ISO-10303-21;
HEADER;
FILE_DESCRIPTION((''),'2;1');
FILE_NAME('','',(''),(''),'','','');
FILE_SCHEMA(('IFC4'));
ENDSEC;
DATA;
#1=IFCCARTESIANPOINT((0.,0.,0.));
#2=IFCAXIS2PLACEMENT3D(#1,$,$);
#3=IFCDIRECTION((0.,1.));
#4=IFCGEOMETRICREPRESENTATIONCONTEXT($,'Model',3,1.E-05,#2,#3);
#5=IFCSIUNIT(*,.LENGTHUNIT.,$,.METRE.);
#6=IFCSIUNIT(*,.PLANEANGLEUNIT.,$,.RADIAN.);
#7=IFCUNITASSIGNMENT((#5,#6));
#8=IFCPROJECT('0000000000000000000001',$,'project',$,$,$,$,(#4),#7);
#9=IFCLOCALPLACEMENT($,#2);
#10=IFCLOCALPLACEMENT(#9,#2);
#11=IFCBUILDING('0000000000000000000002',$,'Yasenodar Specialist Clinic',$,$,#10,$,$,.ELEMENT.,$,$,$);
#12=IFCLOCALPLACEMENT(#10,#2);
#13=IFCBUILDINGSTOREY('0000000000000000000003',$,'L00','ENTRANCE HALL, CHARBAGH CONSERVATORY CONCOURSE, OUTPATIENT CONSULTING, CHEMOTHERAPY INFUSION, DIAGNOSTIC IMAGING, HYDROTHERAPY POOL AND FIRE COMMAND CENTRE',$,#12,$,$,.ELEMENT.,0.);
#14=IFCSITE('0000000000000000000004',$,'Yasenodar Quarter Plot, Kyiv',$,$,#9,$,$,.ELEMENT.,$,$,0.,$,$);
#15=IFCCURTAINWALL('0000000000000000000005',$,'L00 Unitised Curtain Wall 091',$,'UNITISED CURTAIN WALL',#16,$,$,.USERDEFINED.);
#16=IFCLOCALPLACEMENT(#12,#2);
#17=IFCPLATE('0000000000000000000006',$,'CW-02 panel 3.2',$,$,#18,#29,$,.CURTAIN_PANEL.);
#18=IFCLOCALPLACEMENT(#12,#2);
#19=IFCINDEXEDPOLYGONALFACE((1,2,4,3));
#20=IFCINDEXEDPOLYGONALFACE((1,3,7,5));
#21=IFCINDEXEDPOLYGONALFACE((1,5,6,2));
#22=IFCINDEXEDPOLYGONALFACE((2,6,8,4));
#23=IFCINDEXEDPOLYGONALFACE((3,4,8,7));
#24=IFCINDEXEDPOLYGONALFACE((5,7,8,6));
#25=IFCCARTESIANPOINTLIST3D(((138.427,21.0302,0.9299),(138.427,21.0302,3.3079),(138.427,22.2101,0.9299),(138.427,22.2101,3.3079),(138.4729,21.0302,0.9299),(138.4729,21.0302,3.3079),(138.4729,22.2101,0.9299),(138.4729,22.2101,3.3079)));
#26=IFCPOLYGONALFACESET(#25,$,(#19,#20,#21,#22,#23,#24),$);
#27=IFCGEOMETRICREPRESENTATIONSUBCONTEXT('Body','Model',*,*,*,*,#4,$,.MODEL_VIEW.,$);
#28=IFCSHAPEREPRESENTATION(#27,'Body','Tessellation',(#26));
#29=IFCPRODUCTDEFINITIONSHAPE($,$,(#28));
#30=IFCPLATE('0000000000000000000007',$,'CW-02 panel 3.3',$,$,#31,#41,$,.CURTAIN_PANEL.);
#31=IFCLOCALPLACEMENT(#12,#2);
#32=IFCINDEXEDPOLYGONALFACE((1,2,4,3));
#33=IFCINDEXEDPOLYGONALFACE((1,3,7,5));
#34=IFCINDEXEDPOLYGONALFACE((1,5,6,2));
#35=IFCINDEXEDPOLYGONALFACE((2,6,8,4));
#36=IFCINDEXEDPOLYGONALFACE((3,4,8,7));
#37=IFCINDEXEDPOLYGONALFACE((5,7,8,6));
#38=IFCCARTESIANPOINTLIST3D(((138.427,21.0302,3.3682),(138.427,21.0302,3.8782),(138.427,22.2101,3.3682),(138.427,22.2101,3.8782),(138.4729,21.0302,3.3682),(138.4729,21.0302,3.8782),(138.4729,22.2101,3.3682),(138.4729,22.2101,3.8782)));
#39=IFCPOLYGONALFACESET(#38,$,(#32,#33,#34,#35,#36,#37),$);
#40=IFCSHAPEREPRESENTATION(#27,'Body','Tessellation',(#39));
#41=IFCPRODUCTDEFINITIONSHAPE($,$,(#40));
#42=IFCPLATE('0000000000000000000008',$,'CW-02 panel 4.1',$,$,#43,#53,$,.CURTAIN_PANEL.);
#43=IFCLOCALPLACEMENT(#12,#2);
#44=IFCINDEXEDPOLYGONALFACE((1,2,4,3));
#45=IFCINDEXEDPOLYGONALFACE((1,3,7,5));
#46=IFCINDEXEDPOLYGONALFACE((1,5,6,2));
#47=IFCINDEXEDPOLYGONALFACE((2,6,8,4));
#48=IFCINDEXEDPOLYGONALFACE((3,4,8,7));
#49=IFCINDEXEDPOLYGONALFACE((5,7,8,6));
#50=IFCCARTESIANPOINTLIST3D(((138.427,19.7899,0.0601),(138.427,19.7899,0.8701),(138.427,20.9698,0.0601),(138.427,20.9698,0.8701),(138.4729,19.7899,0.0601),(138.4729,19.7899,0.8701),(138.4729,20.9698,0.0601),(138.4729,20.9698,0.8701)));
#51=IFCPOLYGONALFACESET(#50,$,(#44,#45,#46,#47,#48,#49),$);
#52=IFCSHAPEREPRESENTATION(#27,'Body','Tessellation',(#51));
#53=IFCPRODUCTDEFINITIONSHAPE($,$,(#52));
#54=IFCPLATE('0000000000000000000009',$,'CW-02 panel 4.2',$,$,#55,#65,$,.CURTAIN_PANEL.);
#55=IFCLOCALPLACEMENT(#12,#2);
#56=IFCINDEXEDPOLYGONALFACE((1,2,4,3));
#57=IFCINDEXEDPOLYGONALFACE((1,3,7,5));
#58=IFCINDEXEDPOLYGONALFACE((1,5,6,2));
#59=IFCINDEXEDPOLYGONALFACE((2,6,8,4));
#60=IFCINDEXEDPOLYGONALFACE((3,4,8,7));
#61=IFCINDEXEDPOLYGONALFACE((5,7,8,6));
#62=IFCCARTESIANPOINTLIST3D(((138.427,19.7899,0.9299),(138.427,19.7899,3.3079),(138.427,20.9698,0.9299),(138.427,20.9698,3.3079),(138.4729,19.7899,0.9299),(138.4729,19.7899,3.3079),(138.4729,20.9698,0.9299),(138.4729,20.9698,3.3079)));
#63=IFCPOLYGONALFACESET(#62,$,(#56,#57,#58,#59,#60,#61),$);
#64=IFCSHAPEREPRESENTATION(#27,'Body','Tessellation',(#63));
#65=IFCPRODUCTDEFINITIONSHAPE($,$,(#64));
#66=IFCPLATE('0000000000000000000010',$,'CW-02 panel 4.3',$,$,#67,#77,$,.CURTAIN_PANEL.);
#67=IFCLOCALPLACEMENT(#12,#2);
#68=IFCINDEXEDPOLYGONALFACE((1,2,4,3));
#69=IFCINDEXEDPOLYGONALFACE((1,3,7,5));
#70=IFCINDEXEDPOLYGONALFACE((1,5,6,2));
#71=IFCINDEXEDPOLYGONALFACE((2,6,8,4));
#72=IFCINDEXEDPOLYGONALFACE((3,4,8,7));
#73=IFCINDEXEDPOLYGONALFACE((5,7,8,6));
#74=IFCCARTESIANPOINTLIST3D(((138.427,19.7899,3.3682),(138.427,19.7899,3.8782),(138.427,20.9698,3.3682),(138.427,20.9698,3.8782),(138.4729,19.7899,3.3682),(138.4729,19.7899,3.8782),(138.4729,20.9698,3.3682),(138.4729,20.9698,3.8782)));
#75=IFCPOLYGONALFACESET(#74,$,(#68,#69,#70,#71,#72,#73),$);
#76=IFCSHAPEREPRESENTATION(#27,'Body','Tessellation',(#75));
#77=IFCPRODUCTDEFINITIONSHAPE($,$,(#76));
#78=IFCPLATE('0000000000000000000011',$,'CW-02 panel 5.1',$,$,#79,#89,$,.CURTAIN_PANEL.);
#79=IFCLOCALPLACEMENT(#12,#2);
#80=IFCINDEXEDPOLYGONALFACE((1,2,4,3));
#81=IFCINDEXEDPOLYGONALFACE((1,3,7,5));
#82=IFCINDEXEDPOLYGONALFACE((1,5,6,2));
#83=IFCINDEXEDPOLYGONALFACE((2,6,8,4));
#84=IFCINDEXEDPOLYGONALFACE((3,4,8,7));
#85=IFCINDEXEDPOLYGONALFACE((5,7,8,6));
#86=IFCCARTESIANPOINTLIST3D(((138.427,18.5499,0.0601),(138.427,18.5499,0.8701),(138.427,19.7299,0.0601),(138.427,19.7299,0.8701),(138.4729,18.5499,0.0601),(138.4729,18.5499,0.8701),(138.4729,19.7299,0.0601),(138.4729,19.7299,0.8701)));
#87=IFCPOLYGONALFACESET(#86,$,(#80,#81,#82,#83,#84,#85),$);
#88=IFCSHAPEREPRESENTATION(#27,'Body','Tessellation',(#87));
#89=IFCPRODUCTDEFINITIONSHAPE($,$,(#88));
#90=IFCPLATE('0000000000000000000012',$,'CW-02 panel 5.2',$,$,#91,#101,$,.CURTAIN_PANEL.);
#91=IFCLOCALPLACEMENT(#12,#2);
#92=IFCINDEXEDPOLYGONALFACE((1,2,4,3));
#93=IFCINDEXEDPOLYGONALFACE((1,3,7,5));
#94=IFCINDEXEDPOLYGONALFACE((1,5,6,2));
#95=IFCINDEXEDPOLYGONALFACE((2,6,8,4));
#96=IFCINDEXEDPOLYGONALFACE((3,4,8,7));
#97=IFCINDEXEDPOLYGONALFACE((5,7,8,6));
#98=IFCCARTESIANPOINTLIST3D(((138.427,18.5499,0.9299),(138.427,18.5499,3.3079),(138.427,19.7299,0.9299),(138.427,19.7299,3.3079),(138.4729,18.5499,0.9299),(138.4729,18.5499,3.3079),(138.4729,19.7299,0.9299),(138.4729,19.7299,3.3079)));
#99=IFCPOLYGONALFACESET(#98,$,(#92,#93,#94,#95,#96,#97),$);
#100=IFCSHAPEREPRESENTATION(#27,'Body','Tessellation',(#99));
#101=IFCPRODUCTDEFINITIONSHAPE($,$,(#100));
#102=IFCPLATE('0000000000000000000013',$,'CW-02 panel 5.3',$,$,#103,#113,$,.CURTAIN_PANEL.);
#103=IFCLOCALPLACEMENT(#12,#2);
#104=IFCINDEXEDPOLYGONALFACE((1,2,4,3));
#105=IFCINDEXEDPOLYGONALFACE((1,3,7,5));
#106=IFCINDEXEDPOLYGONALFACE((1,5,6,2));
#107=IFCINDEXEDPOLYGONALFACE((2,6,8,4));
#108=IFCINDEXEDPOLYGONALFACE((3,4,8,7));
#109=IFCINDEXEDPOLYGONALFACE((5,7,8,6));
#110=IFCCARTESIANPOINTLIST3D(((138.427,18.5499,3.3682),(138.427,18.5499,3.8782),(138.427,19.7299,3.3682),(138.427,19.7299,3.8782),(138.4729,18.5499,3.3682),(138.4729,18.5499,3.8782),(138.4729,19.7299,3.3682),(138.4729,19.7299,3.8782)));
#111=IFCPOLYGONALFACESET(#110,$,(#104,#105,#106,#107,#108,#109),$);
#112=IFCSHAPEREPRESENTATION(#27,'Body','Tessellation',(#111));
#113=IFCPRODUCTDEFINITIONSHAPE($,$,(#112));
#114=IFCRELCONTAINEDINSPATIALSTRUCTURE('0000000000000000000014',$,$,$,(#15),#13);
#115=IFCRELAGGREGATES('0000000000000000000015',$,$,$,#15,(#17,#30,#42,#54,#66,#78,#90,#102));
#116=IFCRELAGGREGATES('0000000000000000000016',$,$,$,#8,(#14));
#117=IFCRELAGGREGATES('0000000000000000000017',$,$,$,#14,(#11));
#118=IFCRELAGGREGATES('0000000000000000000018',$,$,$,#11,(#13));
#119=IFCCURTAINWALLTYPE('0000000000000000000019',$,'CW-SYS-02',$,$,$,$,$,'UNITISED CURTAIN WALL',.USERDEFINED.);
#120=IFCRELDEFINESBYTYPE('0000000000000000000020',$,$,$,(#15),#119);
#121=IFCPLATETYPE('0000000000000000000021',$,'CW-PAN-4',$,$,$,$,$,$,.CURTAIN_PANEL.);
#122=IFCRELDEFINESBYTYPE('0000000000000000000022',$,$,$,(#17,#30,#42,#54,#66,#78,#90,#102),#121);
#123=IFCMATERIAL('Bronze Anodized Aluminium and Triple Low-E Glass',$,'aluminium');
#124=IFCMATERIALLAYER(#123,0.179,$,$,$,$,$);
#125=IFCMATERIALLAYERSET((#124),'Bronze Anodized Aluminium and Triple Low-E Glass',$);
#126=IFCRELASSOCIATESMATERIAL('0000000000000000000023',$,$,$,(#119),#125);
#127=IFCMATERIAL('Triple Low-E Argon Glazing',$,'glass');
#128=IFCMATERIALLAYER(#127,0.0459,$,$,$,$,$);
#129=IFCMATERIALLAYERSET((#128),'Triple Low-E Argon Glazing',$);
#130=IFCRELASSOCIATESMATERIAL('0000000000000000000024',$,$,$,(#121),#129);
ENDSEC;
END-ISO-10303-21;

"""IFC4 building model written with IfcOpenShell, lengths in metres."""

from ifc_helpers import new_model, si_unit, direction, frame, origin, origin_2d, place, context, subcontext, project, spatial, rectangle, extrude, material, layer, layer_set, type_object, element, aggregate, save


model = new_model("IFC4")

# Units and contexts
model_context = context("Model", 3, precision=1e-05, world=origin(), true_north=direction((0.0, 1.0)))
body_context = subcontext(model_context, "Body", "Model", "MODEL_VIEW")
ifc_project = project(units=[si_unit("LENGTHUNIT", "METRE"), si_unit("PLANEANGLEUNIT", "RADIAN")], contexts=[model_context])

# Site, building, storey
site_placement = place(None, origin())
site = spatial("IfcSite", under=ifc_project, at=site_placement, Name="Yasenodar Quarter Plot, Kyiv", CompositionType="ELEMENT", RefElevation=0.0)
building_placement = place(site_placement, origin())
building = spatial("IfcBuilding", under=site, at=building_placement, Name="Yasenodar Specialist Clinic", CompositionType="ELEMENT")
storey_placement = place(building_placement, origin())
storey = spatial("IfcBuildingStorey", under=building, at=storey_placement, Name="L00", Description="ENTRANCE HALL, CHARBAGH CONSERVATORY CONCOURSE, OUTPATIENT CONSULTING, CHEMOTHERAPY INFUSION, DIAGNOSTIC IMAGING, HYDROTHERAPY POOL AND FIRE COMMAND CENTRE", CompositionType="ELEMENT", Elevation=0.0)

# Curtain wall, plates
ifc_material_1 = material(Name="Bronze Anodized Aluminium and Triple Low-E Glass", Category="aluminium")
ifc_layer_1 = layer(ifc_material_1, 0.179)
ifc_layer_set_1 = layer_set([ifc_layer_1], Name="Bronze Anodized Aluminium and Triple Low-E Glass")
curtain_wall_type = type_object("IfcCurtainWallType", Name="CW-SYS-02", ElementType="UNITISED CURTAIN WALL", PredefinedType="USERDEFINED", material=ifc_layer_set_1)
curtain_wall_placement = place(storey_placement, origin())
curtain_wall = element("IfcCurtainWall", 1, at=curtain_wall_placement, inside=storey, type_object=curtain_wall_type, Name="L00 Unitised Curtain Wall 091", ObjectType="UNITISED CURTAIN WALL", PredefinedType="USERDEFINED")
ifc_material_2 = material(Name="Triple Low-E Argon Glazing", Category="glass")
ifc_layer_2 = layer(ifc_material_2, 0.0459)
ifc_layer_set_2 = layer_set([ifc_layer_2], Name="Triple Low-E Argon Glazing")
plate_type = type_object("IfcPlateType", Name="CW-PAN-4", PredefinedType="CURTAIN_PANEL", material=ifc_layer_set_2)
plate_1_placement = place(storey_placement, frame((138.45, 21.6201, 0.9299), z_axis=(0.0, 0.0, 1.0), x_axis=(0.0, -1.0, 0.0)))
plate_1 = element("IfcPlate", 2, at=plate_1_placement, type_object=plate_type, Name="CW-02 panel 3.2", PredefinedType="CURTAIN_PANEL", context=body_context, shape_type="SweptSolid", body=[
    extrude(rectangle(XDim=1.1799, YDim=0.0459, at=origin_2d()), origin(), (0.0, 0.0, 1.0), 2.3779),
])
plate_2_placement = place(storey_placement, frame((138.45, 21.6201, 3.3682), z_axis=(0.0, 0.0, 1.0), x_axis=(0.0, -1.0, 0.0)))
plate_2 = element("IfcPlate", 3, at=plate_2_placement, type_object=plate_type, Name="CW-02 panel 3.3", PredefinedType="CURTAIN_PANEL", context=body_context, shape_type="SweptSolid", body=[
    extrude(rectangle(XDim=1.1799, YDim=0.0459, at=origin_2d()), origin(), (0.0, 0.0, 1.0), 0.51),
])
plate_3_placement = place(storey_placement, frame((138.45, 20.3799, 0.0601), z_axis=(0.0, 0.0, 1.0), x_axis=(0.0, -1.0, 0.0)))
plate_3 = element("IfcPlate", 4, at=plate_3_placement, type_object=plate_type, Name="CW-02 panel 4.1", PredefinedType="CURTAIN_PANEL", context=body_context, shape_type="SweptSolid", body=[
    extrude(rectangle(XDim=1.1799, YDim=0.0459, at=origin_2d()), origin(), (0.0, 0.0, 1.0), 0.8101),
])
plate_4_placement = place(storey_placement, frame((138.45, 20.3799, 0.9299), z_axis=(0.0, 0.0, 1.0), x_axis=(0.0, -1.0, 0.0)))
plate_4 = element("IfcPlate", 5, at=plate_4_placement, type_object=plate_type, Name="CW-02 panel 4.2", PredefinedType="CURTAIN_PANEL", context=body_context, shape_type="SweptSolid", body=[
    extrude(rectangle(XDim=1.1799, YDim=0.0459, at=origin_2d()), origin(), (0.0, 0.0, 1.0), 2.3779),
])
plate_5_placement = place(storey_placement, frame((138.45, 20.3799, 3.3682), z_axis=(0.0, 0.0, 1.0), x_axis=(0.0, -1.0, 0.0)))
plate_5 = element("IfcPlate", 6, at=plate_5_placement, type_object=plate_type, Name="CW-02 panel 4.3", PredefinedType="CURTAIN_PANEL", context=body_context, shape_type="SweptSolid", body=[
    extrude(rectangle(XDim=1.1799, YDim=0.0459, at=origin_2d()), origin(), (0.0, 0.0, 1.0), 0.51),
])
plate_6_placement = place(storey_placement, frame((138.45, 19.1399, 0.0601), z_axis=(0.0, 0.0, 1.0), x_axis=(0.0, -1.0, 0.0)))
plate_6 = element("IfcPlate", 7, at=plate_6_placement, type_object=plate_type, Name="CW-02 panel 5.1", PredefinedType="CURTAIN_PANEL", context=body_context, shape_type="SweptSolid", body=[
    extrude(rectangle(XDim=1.1799, YDim=0.0459, at=origin_2d()), origin(), (0.0, 0.0, 1.0), 0.8101),
])
plate_7_placement = place(storey_placement, frame((138.45, 19.1399, 0.9299), z_axis=(0.0, 0.0, 1.0), x_axis=(0.0, -1.0, 0.0)))
plate_7 = element("IfcPlate", 8, at=plate_7_placement, type_object=plate_type, Name="CW-02 panel 5.2", PredefinedType="CURTAIN_PANEL", context=body_context, shape_type="SweptSolid", body=[
    extrude(rectangle(XDim=1.1799, YDim=0.0459, at=origin_2d()), origin(), (0.0, 0.0, 1.0), 2.3779),
])
plate_8_placement = place(storey_placement, frame((138.45, 19.1399, 3.3682), z_axis=(0.0, 0.0, 1.0), x_axis=(0.0, -1.0, 0.0)))
plate_8 = element("IfcPlate", 9, at=plate_8_placement, type_object=plate_type, Name="CW-02 panel 5.3", PredefinedType="CURTAIN_PANEL", context=body_context, shape_type="SweptSolid", body=[
    extrude(rectangle(XDim=1.1799, YDim=0.0459, at=origin_2d()), origin(), (0.0, 0.0, 1.0), 0.51),
])
aggregate(curtain_wall, [plate_1, plate_2, plate_3, plate_4, plate_5, plate_6, plate_7, plate_8])

save(model, "model.ifc")
